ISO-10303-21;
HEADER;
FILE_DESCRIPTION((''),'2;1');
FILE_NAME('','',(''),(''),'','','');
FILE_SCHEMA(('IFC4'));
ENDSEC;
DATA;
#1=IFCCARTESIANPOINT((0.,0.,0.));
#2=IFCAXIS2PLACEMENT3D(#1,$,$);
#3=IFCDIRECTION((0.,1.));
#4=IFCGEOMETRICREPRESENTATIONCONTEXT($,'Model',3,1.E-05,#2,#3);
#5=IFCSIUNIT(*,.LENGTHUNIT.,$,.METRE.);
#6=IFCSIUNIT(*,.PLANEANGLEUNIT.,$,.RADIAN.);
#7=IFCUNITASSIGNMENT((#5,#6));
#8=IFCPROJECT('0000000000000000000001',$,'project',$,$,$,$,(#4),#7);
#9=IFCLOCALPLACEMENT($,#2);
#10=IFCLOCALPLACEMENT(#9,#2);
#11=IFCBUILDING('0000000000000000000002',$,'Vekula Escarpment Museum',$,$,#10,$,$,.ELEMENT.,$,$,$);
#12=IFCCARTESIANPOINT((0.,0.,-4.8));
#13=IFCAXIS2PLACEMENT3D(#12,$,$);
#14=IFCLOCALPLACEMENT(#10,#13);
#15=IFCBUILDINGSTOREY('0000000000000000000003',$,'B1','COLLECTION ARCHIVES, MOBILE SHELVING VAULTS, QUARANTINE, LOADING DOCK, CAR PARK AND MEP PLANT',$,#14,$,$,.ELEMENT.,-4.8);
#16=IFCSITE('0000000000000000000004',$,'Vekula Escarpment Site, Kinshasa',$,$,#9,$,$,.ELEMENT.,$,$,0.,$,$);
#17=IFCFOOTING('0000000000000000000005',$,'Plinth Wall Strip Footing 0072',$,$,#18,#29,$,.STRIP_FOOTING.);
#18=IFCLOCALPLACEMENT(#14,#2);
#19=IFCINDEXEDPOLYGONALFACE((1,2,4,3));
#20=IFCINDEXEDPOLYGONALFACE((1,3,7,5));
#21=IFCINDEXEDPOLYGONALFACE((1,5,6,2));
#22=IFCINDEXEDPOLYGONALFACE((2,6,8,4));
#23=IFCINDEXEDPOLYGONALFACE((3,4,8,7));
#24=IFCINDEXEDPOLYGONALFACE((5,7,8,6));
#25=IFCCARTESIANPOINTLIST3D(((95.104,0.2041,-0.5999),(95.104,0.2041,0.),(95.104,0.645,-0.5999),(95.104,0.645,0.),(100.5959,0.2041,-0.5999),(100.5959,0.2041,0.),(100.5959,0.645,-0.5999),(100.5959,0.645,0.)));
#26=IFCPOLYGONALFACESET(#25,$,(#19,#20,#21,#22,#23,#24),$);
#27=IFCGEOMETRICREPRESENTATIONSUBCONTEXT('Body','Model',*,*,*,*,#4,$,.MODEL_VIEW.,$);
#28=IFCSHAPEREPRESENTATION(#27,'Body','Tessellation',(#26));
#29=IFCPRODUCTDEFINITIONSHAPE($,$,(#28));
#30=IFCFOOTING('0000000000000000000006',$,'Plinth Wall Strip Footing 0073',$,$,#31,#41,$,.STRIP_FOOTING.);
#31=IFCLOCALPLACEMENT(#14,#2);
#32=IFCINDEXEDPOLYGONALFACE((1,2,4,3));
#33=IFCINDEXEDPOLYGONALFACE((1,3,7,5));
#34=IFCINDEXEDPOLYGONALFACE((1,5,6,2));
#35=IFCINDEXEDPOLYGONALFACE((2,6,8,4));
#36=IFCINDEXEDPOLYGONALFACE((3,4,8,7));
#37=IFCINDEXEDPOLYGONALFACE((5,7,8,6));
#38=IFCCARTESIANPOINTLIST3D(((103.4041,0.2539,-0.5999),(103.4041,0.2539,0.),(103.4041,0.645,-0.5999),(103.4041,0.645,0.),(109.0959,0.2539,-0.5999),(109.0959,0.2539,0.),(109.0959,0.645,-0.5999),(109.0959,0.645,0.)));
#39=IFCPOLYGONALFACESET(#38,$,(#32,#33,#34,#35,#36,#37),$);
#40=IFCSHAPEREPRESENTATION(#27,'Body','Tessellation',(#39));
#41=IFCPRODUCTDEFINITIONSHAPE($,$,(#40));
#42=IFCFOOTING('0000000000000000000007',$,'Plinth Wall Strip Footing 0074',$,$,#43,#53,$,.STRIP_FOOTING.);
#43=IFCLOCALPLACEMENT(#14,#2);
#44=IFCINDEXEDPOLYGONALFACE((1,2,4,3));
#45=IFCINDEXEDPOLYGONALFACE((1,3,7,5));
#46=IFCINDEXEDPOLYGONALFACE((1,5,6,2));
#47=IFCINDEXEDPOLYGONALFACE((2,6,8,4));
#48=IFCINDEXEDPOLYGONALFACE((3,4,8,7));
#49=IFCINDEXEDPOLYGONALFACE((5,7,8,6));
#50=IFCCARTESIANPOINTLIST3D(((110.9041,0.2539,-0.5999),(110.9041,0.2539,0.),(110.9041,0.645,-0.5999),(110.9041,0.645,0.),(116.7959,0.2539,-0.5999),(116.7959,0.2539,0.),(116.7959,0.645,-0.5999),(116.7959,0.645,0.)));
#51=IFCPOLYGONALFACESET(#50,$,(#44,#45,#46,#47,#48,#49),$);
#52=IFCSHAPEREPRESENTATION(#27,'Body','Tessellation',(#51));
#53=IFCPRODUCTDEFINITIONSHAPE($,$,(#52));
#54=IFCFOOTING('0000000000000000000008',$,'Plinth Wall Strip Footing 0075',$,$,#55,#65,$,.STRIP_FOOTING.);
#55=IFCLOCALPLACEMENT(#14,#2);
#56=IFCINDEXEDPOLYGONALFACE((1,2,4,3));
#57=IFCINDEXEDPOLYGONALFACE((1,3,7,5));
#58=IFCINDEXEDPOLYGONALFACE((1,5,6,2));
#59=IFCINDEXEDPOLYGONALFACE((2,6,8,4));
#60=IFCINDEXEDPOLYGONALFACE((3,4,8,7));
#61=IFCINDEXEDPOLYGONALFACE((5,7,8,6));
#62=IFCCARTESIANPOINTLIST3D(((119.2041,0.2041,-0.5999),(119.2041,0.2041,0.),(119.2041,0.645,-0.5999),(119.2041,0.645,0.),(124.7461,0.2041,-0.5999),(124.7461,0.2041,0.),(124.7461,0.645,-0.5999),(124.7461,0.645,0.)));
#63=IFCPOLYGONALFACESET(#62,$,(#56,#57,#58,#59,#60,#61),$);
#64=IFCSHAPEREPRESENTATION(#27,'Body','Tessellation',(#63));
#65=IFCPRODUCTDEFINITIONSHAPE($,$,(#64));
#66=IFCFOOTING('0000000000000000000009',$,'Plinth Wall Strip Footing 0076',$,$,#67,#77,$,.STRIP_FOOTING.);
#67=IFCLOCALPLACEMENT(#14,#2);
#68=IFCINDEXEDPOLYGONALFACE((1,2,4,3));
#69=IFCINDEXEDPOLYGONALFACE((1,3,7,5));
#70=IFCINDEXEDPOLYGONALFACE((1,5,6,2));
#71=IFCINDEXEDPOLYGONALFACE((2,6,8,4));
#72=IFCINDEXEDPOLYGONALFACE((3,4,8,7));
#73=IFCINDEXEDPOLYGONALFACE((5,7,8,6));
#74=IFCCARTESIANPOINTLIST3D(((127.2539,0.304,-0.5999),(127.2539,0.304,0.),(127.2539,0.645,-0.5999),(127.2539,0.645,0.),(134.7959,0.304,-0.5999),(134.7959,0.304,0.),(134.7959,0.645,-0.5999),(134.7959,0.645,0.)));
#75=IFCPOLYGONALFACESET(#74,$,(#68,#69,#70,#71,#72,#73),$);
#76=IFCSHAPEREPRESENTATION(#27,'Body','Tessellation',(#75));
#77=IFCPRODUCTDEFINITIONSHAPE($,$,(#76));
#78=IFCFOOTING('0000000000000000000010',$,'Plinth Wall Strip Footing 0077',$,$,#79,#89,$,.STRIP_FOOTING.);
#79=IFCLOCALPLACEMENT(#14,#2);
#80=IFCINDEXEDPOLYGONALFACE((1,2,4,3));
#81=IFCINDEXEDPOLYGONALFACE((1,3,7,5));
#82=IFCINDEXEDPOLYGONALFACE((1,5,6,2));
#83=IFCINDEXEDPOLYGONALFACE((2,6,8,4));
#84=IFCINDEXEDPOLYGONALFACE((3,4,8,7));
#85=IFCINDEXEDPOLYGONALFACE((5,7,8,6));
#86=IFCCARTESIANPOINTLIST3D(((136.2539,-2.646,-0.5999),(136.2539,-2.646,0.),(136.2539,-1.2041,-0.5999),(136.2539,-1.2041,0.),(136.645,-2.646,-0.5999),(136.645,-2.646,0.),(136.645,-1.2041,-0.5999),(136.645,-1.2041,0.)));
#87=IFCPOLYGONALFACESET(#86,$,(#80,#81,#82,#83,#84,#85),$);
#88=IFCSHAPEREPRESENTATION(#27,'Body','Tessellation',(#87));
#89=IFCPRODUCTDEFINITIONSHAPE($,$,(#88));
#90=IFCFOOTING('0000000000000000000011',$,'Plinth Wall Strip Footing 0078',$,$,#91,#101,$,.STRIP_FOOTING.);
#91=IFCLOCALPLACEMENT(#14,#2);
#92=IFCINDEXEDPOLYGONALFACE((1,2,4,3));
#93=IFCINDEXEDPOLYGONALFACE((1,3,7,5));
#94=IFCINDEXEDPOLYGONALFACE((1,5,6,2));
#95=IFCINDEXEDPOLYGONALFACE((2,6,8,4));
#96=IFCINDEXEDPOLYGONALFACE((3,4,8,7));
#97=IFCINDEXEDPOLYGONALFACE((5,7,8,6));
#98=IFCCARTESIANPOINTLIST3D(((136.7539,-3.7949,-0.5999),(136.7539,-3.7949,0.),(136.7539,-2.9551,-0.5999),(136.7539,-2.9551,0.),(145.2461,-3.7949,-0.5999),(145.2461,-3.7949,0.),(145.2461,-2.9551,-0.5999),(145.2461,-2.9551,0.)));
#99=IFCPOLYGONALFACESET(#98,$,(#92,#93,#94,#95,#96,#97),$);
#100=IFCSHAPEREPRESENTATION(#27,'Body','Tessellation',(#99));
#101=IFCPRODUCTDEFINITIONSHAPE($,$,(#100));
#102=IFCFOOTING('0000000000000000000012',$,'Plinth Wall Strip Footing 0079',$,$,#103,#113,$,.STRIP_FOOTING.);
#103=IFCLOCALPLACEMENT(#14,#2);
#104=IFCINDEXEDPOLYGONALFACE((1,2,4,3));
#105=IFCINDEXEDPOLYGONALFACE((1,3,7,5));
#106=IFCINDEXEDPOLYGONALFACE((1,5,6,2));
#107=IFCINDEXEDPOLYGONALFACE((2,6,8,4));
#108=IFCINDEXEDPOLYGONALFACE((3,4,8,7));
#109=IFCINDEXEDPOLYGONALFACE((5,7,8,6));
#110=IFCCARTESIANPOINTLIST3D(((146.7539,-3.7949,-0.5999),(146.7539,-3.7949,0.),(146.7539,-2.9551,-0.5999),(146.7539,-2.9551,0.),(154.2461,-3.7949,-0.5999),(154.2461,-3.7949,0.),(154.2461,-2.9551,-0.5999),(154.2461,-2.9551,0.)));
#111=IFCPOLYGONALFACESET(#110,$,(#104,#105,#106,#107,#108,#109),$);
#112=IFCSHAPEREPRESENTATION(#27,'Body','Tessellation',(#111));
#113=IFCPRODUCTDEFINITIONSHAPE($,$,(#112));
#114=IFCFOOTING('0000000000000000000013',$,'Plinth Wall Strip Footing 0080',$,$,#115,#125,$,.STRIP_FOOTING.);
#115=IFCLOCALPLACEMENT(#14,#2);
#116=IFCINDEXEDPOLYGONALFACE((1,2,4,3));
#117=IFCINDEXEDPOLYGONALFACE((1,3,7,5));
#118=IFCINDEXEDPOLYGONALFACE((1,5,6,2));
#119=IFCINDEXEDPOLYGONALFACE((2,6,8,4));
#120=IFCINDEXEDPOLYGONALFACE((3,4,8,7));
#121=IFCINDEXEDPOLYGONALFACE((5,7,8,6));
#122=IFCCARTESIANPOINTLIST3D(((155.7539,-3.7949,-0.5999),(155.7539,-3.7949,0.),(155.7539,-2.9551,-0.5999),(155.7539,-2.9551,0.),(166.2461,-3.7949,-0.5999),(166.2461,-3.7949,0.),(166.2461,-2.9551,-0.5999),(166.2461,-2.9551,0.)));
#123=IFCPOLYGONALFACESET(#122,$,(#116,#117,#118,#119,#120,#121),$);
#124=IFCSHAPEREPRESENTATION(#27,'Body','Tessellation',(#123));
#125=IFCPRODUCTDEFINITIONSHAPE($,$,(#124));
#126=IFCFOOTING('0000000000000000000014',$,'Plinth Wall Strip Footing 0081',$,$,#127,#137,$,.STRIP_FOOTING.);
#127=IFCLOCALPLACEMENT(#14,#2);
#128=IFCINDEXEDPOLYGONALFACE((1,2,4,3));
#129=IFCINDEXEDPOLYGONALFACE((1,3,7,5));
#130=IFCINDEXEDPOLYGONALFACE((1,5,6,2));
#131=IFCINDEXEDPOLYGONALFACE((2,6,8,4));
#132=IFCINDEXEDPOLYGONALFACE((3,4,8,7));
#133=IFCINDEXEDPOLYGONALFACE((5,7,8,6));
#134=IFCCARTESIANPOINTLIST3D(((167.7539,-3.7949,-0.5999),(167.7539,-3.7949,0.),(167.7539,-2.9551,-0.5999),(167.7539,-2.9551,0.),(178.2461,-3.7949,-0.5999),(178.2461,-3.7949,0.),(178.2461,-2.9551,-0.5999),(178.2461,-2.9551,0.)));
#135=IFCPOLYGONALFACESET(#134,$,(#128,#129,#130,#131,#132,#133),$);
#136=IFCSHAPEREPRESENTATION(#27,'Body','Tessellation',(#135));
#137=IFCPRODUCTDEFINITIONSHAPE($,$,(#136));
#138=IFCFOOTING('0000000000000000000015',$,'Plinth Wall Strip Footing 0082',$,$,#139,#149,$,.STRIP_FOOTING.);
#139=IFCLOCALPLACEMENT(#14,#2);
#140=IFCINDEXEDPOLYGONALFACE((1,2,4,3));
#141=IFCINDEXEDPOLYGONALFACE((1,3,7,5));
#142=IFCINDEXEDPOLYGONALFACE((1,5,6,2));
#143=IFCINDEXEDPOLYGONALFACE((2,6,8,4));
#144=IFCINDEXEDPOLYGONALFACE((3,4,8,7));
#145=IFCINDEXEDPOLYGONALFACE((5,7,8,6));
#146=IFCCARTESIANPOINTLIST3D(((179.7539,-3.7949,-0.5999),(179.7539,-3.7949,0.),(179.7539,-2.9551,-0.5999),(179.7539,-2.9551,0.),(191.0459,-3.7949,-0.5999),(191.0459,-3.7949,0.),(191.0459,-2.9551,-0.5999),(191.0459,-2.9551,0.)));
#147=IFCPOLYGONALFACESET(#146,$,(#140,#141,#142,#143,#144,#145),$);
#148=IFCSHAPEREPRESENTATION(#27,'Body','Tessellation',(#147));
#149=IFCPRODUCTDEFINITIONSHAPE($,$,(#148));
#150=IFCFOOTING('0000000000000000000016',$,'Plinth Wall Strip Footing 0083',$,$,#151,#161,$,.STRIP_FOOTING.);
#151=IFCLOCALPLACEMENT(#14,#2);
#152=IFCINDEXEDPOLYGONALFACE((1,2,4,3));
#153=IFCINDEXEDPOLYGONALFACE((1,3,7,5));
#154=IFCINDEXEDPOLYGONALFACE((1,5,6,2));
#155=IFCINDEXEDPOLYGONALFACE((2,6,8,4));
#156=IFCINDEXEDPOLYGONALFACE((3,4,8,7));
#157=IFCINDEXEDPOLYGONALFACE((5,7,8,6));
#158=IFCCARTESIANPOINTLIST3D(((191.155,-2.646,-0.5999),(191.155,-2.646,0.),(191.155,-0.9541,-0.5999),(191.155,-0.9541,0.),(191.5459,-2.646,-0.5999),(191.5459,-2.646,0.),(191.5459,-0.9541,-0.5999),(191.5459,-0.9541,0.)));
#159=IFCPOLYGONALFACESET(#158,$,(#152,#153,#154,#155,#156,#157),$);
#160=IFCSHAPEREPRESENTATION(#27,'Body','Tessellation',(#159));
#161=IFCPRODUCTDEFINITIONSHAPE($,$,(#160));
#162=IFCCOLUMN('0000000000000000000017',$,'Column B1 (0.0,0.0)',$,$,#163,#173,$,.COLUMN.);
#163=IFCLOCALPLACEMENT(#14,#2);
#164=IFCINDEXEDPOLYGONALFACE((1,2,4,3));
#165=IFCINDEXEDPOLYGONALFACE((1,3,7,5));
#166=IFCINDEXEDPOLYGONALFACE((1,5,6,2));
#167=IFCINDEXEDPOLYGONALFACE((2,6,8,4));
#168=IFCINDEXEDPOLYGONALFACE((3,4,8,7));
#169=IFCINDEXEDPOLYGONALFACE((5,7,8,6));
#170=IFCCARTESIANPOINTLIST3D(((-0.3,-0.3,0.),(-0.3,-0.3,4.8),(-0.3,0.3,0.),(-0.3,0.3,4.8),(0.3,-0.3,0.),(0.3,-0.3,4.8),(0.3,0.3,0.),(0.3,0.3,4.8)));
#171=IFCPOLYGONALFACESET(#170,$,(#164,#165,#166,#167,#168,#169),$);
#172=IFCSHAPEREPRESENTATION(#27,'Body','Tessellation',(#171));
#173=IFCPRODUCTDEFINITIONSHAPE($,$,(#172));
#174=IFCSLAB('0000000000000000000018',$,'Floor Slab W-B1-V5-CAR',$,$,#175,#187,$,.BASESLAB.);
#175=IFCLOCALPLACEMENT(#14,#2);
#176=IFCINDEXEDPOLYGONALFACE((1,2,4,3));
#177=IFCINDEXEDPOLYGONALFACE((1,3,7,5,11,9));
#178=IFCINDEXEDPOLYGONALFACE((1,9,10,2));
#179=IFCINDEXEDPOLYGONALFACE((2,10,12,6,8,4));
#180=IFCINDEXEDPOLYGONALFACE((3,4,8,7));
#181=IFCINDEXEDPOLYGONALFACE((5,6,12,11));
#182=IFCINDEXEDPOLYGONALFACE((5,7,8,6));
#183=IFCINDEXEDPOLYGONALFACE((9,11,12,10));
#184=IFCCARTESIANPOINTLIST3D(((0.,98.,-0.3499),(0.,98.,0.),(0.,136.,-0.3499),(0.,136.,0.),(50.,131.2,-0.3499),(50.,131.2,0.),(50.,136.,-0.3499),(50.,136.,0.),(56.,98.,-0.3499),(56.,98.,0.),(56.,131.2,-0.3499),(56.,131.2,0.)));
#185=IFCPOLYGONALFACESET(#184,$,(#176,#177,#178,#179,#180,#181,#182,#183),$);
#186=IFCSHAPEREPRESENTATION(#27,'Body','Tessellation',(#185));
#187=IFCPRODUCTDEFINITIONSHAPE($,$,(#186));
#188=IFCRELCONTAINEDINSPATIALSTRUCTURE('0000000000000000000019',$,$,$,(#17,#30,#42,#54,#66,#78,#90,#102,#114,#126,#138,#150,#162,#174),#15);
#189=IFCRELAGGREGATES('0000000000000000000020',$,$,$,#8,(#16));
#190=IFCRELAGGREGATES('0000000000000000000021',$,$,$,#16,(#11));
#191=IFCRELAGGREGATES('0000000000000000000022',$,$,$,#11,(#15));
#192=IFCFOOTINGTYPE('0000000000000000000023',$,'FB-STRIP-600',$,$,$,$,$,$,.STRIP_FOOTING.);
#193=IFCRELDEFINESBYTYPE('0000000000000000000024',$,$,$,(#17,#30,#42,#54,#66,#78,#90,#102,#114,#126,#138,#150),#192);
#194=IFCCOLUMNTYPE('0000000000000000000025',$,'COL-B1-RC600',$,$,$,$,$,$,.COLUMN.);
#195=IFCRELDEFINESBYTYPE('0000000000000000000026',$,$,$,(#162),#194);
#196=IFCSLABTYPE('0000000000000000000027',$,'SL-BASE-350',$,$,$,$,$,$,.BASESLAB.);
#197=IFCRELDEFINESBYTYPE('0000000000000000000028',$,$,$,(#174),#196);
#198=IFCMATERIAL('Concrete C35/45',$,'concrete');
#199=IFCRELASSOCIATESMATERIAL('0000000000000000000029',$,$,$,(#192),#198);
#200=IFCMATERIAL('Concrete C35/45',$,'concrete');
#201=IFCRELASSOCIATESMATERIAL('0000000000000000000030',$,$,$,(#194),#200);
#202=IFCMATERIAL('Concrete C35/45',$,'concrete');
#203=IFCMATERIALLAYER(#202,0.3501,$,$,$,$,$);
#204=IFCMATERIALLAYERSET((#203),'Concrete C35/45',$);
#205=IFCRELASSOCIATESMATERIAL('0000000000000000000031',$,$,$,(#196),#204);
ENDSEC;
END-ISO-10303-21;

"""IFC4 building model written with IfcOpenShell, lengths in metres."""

from ifc_helpers import new_model, si_unit, direction, frame, origin, origin_with_axes, origin_2d, place, context, subcontext, project, spatial, polyline, rectangle, outline, extrude, material, layer, layer_set, material_profile, profile_set, type_object, element, save


model = new_model("IFC4")

# Units and contexts
model_context = context("Model", 3, precision=1e-05, world=origin(), true_north=direction((0.0, 1.0)))
body_context = subcontext(model_context, "Body", "Model", "MODEL_VIEW")
ifc_project = project(units=[si_unit("LENGTHUNIT", "METRE"), si_unit("PLANEANGLEUNIT", "RADIAN")], contexts=[model_context])

# Site, building, storey
site_placement = place(None, origin())
site = spatial("IfcSite", under=ifc_project, at=site_placement, Name="Vekula Escarpment Site, Kinshasa", CompositionType="ELEMENT", RefElevation=0.0)
building_placement = place(site_placement, origin())
building = spatial("IfcBuilding", under=site, at=building_placement, Name="Vekula Escarpment Museum", CompositionType="ELEMENT")
storey_placement = place(building_placement, frame((0.0, 0.0, -4.8)))
storey = spatial("IfcBuildingStorey", under=building, at=storey_placement, Name="B1", Description="COLLECTION ARCHIVES, MOBILE SHELVING VAULTS, QUARANTINE, LOADING DOCK, CAR PARK AND MEP PLANT", CompositionType="ELEMENT", Elevation=-4.8)

# Footings
ifc_material_1 = material(Name="Concrete C35/45", Category="concrete")
footing_type = type_object("IfcFootingType", Name="FB-STRIP-600", PredefinedType="STRIP_FOOTING", material=ifc_material_1)
footing_1_placement = place(storey_placement, frame((0.0, 0.0, -0.5999)))
element("IfcFooting", 1, at=footing_1_placement, inside=storey, type_object=footing_type, Name="Plinth Wall Strip Footing 0072", PredefinedType="STRIP_FOOTING", context=body_context, shape_type="SweptSolid", body=[
    extrude(outline(polyline([(100.5959, 0.645), (100.5959, 0.2041), (95.104, 0.2041), (95.104, 0.645), (100.5959, 0.645)])), origin(), (0.0, 0.0, 1.0), 0.5999),
])
footing_2_placement = place(storey_placement, frame((0.0, 0.0, -0.5999)))
element("IfcFooting", 2, at=footing_2_placement, inside=storey, type_object=footing_type, Name="Plinth Wall Strip Footing 0073", PredefinedType="STRIP_FOOTING", context=body_context, shape_type="SweptSolid", body=[
    extrude(outline(polyline([(109.0959, 0.645), (109.0959, 0.2539), (103.4041, 0.2539), (103.4041, 0.645), (109.0959, 0.645)])), origin(), (0.0, 0.0, 1.0), 0.5999),
])
footing_3_placement = place(storey_placement, frame((0.0, 0.0, -0.5999)))
element("IfcFooting", 3, at=footing_3_placement, inside=storey, type_object=footing_type, Name="Plinth Wall Strip Footing 0074", PredefinedType="STRIP_FOOTING", context=body_context, shape_type="SweptSolid", body=[
    extrude(outline(polyline([(116.7959, 0.645), (116.7959, 0.2539), (110.9041, 0.2539), (110.9041, 0.645), (116.7959, 0.645)])), origin(), (0.0, 0.0, 1.0), 0.5999),
])
footing_4_placement = place(storey_placement, frame((0.0, 0.0, -0.5999)))
element("IfcFooting", 4, at=footing_4_placement, inside=storey, type_object=footing_type, Name="Plinth Wall Strip Footing 0075", PredefinedType="STRIP_FOOTING", context=body_context, shape_type="SweptSolid", body=[
    extrude(outline(polyline([(124.7461, 0.645), (124.7461, 0.2041), (119.2041, 0.2041), (119.2041, 0.645), (124.7461, 0.645)])), origin(), (0.0, 0.0, 1.0), 0.5999),
])
footing_5_placement = place(storey_placement, frame((0.0, 0.0, -0.5999)))
element("IfcFooting", 5, at=footing_5_placement, inside=storey, type_object=footing_type, Name="Plinth Wall Strip Footing 0076", PredefinedType="STRIP_FOOTING", context=body_context, shape_type="SweptSolid", body=[
    extrude(outline(polyline([(134.7959, 0.645), (134.7959, 0.304), (127.2539, 0.304), (127.2539, 0.645), (134.7959, 0.645)])), origin(), (0.0, 0.0, 1.0), 0.5999),
])
footing_6_placement = place(storey_placement, frame((0.0, 0.0, -0.5999)))
element("IfcFooting", 6, at=footing_6_placement, inside=storey, type_object=footing_type, Name="Plinth Wall Strip Footing 0077", PredefinedType="STRIP_FOOTING", context=body_context, shape_type="SweptSolid", body=[
    extrude(outline(polyline([(136.645, -2.646), (136.2539, -2.646), (136.2539, -1.2041), (136.645, -1.2041), (136.645, -2.646)])), origin(), (0.0, 0.0, 1.0), 0.5999),
])
footing_7_placement = place(storey_placement, frame((0.0, 0.0, -0.5999)))
element("IfcFooting", 7, at=footing_7_placement, inside=storey, type_object=footing_type, Name="Plinth Wall Strip Footing 0078", PredefinedType="STRIP_FOOTING", context=body_context, shape_type="SweptSolid", body=[
    extrude(outline(polyline([(136.7539, -3.7949), (136.7539, -2.9551), (145.2461, -2.9551), (145.2461, -3.7949), (136.7539, -3.7949)])), origin(), (0.0, 0.0, 1.0), 0.5999),
])
footing_8_placement = place(storey_placement, frame((0.0, 0.0, -0.5999)))
element("IfcFooting", 8, at=footing_8_placement, inside=storey, type_object=footing_type, Name="Plinth Wall Strip Footing 0079", PredefinedType="STRIP_FOOTING", context=body_context, shape_type="SweptSolid", body=[
    extrude(outline(polyline([(146.7539, -3.7949), (146.7539, -2.9551), (154.2461, -2.9551), (154.2461, -3.7949), (146.7539, -3.7949)])), origin(), (0.0, 0.0, 1.0), 0.5999),
])
footing_9_placement = place(storey_placement, frame((0.0, 0.0, -0.5999)))
element("IfcFooting", 9, at=footing_9_placement, inside=storey, type_object=footing_type, Name="Plinth Wall Strip Footing 0080", PredefinedType="STRIP_FOOTING", context=body_context, shape_type="SweptSolid", body=[
    extrude(outline(polyline([(155.7539, -3.7949), (155.7539, -2.9551), (166.2461, -2.9551), (166.2461, -3.7949), (155.7539, -3.7949)])), origin(), (0.0, 0.0, 1.0), 0.5999),
])
footing_10_placement = place(storey_placement, frame((0.0, 0.0, -0.5999)))
element("IfcFooting", 10, at=footing_10_placement, inside=storey, type_object=footing_type, Name="Plinth Wall Strip Footing 0081", PredefinedType="STRIP_FOOTING", context=body_context, shape_type="SweptSolid", body=[
    extrude(outline(polyline([(167.7539, -3.7949), (167.7539, -2.9551), (178.2461, -2.9551), (178.2461, -3.7949), (167.7539, -3.7949)])), origin(), (0.0, 0.0, 1.0), 0.5999),
])
footing_11_placement = place(storey_placement, frame((0.0, 0.0, -0.5999)))
element("IfcFooting", 11, at=footing_11_placement, inside=storey, type_object=footing_type, Name="Plinth Wall Strip Footing 0082", PredefinedType="STRIP_FOOTING", context=body_context, shape_type="SweptSolid", body=[
    extrude(outline(polyline([(179.7539, -3.7949), (179.7539, -2.9551), (191.0459, -2.9551), (191.0459, -3.7949), (179.7539, -3.7949)])), origin(), (0.0, 0.0, 1.0), 0.5999),
])
footing_12_placement = place(storey_placement, frame((0.0, 0.0, -0.5999)))
element("IfcFooting", 12, at=footing_12_placement, inside=storey, type_object=footing_type, Name="Plinth Wall Strip Footing 0083", PredefinedType="STRIP_FOOTING", context=body_context, shape_type="SweptSolid", body=[
    extrude(outline(polyline([(191.155, -0.9541), (191.5459, -0.9541), (191.5459, -2.646), (191.155, -2.646), (191.155, -0.9541)])), origin(), (0.0, 0.0, 1.0), 0.5999),
])

# Column
ifc_material_2 = material(Name="Concrete C35/45", Category="concrete")
ifc_material_profile = material_profile(ifc_material_2, rectangle(XDim=0.6001, YDim=0.6001, at=origin_2d()), Name="RC 600x600")
ifc_profile_set = profile_set([ifc_material_profile], Name="Concrete C35/45")
column_type = type_object("IfcColumnType", Name="COL-B1-RC600", PredefinedType="COLUMN", material=ifc_profile_set)
column_placement = place(storey_placement, origin_with_axes())
element("IfcColumn", 13, at=column_placement, inside=storey, type_object=column_type, Name="Column B1 (0.0,0.0)", PredefinedType="COLUMN", context=body_context, shape_type="SweptSolid", body=[
    extrude(rectangle(XDim=0.6001, YDim=0.6001, at=origin_2d()), origin(), (0.0, 0.0, 1.0), 4.8),
])

# Slab
ifc_material_3 = material(Name="Concrete C35/45", Category="concrete")
ifc_layer_1 = layer(ifc_material_3, 0.3501)
ifc_layer_set_1 = layer_set([ifc_layer_1], Name="Concrete C35/45")
slab_type_1 = type_object("IfcSlabType", Name="SL-BASE-350", PredefinedType="BASESLAB", material=ifc_layer_set_1)
slab_1_placement = place(storey_placement, frame((0.0, 0.0, -0.3499)))
element("IfcSlab", 14, at=slab_1_placement, inside=storey, type_object=slab_type_1, Name="Floor Slab W-B1-V5-CAR", PredefinedType="BASESLAB", context=body_context, shape_type="SweptSolid", body=[
    extrude(outline(polyline([(0.0, 98.0), (56.0, 98.0), (56.0, 131.2), (50.0, 131.2), (50.0, 136.0), (0.0, 136.0), (0.0, 98.0)])), origin(), (0.0, 0.0, 1.0), 0.3499),
])

save(model, "model.ifc")
